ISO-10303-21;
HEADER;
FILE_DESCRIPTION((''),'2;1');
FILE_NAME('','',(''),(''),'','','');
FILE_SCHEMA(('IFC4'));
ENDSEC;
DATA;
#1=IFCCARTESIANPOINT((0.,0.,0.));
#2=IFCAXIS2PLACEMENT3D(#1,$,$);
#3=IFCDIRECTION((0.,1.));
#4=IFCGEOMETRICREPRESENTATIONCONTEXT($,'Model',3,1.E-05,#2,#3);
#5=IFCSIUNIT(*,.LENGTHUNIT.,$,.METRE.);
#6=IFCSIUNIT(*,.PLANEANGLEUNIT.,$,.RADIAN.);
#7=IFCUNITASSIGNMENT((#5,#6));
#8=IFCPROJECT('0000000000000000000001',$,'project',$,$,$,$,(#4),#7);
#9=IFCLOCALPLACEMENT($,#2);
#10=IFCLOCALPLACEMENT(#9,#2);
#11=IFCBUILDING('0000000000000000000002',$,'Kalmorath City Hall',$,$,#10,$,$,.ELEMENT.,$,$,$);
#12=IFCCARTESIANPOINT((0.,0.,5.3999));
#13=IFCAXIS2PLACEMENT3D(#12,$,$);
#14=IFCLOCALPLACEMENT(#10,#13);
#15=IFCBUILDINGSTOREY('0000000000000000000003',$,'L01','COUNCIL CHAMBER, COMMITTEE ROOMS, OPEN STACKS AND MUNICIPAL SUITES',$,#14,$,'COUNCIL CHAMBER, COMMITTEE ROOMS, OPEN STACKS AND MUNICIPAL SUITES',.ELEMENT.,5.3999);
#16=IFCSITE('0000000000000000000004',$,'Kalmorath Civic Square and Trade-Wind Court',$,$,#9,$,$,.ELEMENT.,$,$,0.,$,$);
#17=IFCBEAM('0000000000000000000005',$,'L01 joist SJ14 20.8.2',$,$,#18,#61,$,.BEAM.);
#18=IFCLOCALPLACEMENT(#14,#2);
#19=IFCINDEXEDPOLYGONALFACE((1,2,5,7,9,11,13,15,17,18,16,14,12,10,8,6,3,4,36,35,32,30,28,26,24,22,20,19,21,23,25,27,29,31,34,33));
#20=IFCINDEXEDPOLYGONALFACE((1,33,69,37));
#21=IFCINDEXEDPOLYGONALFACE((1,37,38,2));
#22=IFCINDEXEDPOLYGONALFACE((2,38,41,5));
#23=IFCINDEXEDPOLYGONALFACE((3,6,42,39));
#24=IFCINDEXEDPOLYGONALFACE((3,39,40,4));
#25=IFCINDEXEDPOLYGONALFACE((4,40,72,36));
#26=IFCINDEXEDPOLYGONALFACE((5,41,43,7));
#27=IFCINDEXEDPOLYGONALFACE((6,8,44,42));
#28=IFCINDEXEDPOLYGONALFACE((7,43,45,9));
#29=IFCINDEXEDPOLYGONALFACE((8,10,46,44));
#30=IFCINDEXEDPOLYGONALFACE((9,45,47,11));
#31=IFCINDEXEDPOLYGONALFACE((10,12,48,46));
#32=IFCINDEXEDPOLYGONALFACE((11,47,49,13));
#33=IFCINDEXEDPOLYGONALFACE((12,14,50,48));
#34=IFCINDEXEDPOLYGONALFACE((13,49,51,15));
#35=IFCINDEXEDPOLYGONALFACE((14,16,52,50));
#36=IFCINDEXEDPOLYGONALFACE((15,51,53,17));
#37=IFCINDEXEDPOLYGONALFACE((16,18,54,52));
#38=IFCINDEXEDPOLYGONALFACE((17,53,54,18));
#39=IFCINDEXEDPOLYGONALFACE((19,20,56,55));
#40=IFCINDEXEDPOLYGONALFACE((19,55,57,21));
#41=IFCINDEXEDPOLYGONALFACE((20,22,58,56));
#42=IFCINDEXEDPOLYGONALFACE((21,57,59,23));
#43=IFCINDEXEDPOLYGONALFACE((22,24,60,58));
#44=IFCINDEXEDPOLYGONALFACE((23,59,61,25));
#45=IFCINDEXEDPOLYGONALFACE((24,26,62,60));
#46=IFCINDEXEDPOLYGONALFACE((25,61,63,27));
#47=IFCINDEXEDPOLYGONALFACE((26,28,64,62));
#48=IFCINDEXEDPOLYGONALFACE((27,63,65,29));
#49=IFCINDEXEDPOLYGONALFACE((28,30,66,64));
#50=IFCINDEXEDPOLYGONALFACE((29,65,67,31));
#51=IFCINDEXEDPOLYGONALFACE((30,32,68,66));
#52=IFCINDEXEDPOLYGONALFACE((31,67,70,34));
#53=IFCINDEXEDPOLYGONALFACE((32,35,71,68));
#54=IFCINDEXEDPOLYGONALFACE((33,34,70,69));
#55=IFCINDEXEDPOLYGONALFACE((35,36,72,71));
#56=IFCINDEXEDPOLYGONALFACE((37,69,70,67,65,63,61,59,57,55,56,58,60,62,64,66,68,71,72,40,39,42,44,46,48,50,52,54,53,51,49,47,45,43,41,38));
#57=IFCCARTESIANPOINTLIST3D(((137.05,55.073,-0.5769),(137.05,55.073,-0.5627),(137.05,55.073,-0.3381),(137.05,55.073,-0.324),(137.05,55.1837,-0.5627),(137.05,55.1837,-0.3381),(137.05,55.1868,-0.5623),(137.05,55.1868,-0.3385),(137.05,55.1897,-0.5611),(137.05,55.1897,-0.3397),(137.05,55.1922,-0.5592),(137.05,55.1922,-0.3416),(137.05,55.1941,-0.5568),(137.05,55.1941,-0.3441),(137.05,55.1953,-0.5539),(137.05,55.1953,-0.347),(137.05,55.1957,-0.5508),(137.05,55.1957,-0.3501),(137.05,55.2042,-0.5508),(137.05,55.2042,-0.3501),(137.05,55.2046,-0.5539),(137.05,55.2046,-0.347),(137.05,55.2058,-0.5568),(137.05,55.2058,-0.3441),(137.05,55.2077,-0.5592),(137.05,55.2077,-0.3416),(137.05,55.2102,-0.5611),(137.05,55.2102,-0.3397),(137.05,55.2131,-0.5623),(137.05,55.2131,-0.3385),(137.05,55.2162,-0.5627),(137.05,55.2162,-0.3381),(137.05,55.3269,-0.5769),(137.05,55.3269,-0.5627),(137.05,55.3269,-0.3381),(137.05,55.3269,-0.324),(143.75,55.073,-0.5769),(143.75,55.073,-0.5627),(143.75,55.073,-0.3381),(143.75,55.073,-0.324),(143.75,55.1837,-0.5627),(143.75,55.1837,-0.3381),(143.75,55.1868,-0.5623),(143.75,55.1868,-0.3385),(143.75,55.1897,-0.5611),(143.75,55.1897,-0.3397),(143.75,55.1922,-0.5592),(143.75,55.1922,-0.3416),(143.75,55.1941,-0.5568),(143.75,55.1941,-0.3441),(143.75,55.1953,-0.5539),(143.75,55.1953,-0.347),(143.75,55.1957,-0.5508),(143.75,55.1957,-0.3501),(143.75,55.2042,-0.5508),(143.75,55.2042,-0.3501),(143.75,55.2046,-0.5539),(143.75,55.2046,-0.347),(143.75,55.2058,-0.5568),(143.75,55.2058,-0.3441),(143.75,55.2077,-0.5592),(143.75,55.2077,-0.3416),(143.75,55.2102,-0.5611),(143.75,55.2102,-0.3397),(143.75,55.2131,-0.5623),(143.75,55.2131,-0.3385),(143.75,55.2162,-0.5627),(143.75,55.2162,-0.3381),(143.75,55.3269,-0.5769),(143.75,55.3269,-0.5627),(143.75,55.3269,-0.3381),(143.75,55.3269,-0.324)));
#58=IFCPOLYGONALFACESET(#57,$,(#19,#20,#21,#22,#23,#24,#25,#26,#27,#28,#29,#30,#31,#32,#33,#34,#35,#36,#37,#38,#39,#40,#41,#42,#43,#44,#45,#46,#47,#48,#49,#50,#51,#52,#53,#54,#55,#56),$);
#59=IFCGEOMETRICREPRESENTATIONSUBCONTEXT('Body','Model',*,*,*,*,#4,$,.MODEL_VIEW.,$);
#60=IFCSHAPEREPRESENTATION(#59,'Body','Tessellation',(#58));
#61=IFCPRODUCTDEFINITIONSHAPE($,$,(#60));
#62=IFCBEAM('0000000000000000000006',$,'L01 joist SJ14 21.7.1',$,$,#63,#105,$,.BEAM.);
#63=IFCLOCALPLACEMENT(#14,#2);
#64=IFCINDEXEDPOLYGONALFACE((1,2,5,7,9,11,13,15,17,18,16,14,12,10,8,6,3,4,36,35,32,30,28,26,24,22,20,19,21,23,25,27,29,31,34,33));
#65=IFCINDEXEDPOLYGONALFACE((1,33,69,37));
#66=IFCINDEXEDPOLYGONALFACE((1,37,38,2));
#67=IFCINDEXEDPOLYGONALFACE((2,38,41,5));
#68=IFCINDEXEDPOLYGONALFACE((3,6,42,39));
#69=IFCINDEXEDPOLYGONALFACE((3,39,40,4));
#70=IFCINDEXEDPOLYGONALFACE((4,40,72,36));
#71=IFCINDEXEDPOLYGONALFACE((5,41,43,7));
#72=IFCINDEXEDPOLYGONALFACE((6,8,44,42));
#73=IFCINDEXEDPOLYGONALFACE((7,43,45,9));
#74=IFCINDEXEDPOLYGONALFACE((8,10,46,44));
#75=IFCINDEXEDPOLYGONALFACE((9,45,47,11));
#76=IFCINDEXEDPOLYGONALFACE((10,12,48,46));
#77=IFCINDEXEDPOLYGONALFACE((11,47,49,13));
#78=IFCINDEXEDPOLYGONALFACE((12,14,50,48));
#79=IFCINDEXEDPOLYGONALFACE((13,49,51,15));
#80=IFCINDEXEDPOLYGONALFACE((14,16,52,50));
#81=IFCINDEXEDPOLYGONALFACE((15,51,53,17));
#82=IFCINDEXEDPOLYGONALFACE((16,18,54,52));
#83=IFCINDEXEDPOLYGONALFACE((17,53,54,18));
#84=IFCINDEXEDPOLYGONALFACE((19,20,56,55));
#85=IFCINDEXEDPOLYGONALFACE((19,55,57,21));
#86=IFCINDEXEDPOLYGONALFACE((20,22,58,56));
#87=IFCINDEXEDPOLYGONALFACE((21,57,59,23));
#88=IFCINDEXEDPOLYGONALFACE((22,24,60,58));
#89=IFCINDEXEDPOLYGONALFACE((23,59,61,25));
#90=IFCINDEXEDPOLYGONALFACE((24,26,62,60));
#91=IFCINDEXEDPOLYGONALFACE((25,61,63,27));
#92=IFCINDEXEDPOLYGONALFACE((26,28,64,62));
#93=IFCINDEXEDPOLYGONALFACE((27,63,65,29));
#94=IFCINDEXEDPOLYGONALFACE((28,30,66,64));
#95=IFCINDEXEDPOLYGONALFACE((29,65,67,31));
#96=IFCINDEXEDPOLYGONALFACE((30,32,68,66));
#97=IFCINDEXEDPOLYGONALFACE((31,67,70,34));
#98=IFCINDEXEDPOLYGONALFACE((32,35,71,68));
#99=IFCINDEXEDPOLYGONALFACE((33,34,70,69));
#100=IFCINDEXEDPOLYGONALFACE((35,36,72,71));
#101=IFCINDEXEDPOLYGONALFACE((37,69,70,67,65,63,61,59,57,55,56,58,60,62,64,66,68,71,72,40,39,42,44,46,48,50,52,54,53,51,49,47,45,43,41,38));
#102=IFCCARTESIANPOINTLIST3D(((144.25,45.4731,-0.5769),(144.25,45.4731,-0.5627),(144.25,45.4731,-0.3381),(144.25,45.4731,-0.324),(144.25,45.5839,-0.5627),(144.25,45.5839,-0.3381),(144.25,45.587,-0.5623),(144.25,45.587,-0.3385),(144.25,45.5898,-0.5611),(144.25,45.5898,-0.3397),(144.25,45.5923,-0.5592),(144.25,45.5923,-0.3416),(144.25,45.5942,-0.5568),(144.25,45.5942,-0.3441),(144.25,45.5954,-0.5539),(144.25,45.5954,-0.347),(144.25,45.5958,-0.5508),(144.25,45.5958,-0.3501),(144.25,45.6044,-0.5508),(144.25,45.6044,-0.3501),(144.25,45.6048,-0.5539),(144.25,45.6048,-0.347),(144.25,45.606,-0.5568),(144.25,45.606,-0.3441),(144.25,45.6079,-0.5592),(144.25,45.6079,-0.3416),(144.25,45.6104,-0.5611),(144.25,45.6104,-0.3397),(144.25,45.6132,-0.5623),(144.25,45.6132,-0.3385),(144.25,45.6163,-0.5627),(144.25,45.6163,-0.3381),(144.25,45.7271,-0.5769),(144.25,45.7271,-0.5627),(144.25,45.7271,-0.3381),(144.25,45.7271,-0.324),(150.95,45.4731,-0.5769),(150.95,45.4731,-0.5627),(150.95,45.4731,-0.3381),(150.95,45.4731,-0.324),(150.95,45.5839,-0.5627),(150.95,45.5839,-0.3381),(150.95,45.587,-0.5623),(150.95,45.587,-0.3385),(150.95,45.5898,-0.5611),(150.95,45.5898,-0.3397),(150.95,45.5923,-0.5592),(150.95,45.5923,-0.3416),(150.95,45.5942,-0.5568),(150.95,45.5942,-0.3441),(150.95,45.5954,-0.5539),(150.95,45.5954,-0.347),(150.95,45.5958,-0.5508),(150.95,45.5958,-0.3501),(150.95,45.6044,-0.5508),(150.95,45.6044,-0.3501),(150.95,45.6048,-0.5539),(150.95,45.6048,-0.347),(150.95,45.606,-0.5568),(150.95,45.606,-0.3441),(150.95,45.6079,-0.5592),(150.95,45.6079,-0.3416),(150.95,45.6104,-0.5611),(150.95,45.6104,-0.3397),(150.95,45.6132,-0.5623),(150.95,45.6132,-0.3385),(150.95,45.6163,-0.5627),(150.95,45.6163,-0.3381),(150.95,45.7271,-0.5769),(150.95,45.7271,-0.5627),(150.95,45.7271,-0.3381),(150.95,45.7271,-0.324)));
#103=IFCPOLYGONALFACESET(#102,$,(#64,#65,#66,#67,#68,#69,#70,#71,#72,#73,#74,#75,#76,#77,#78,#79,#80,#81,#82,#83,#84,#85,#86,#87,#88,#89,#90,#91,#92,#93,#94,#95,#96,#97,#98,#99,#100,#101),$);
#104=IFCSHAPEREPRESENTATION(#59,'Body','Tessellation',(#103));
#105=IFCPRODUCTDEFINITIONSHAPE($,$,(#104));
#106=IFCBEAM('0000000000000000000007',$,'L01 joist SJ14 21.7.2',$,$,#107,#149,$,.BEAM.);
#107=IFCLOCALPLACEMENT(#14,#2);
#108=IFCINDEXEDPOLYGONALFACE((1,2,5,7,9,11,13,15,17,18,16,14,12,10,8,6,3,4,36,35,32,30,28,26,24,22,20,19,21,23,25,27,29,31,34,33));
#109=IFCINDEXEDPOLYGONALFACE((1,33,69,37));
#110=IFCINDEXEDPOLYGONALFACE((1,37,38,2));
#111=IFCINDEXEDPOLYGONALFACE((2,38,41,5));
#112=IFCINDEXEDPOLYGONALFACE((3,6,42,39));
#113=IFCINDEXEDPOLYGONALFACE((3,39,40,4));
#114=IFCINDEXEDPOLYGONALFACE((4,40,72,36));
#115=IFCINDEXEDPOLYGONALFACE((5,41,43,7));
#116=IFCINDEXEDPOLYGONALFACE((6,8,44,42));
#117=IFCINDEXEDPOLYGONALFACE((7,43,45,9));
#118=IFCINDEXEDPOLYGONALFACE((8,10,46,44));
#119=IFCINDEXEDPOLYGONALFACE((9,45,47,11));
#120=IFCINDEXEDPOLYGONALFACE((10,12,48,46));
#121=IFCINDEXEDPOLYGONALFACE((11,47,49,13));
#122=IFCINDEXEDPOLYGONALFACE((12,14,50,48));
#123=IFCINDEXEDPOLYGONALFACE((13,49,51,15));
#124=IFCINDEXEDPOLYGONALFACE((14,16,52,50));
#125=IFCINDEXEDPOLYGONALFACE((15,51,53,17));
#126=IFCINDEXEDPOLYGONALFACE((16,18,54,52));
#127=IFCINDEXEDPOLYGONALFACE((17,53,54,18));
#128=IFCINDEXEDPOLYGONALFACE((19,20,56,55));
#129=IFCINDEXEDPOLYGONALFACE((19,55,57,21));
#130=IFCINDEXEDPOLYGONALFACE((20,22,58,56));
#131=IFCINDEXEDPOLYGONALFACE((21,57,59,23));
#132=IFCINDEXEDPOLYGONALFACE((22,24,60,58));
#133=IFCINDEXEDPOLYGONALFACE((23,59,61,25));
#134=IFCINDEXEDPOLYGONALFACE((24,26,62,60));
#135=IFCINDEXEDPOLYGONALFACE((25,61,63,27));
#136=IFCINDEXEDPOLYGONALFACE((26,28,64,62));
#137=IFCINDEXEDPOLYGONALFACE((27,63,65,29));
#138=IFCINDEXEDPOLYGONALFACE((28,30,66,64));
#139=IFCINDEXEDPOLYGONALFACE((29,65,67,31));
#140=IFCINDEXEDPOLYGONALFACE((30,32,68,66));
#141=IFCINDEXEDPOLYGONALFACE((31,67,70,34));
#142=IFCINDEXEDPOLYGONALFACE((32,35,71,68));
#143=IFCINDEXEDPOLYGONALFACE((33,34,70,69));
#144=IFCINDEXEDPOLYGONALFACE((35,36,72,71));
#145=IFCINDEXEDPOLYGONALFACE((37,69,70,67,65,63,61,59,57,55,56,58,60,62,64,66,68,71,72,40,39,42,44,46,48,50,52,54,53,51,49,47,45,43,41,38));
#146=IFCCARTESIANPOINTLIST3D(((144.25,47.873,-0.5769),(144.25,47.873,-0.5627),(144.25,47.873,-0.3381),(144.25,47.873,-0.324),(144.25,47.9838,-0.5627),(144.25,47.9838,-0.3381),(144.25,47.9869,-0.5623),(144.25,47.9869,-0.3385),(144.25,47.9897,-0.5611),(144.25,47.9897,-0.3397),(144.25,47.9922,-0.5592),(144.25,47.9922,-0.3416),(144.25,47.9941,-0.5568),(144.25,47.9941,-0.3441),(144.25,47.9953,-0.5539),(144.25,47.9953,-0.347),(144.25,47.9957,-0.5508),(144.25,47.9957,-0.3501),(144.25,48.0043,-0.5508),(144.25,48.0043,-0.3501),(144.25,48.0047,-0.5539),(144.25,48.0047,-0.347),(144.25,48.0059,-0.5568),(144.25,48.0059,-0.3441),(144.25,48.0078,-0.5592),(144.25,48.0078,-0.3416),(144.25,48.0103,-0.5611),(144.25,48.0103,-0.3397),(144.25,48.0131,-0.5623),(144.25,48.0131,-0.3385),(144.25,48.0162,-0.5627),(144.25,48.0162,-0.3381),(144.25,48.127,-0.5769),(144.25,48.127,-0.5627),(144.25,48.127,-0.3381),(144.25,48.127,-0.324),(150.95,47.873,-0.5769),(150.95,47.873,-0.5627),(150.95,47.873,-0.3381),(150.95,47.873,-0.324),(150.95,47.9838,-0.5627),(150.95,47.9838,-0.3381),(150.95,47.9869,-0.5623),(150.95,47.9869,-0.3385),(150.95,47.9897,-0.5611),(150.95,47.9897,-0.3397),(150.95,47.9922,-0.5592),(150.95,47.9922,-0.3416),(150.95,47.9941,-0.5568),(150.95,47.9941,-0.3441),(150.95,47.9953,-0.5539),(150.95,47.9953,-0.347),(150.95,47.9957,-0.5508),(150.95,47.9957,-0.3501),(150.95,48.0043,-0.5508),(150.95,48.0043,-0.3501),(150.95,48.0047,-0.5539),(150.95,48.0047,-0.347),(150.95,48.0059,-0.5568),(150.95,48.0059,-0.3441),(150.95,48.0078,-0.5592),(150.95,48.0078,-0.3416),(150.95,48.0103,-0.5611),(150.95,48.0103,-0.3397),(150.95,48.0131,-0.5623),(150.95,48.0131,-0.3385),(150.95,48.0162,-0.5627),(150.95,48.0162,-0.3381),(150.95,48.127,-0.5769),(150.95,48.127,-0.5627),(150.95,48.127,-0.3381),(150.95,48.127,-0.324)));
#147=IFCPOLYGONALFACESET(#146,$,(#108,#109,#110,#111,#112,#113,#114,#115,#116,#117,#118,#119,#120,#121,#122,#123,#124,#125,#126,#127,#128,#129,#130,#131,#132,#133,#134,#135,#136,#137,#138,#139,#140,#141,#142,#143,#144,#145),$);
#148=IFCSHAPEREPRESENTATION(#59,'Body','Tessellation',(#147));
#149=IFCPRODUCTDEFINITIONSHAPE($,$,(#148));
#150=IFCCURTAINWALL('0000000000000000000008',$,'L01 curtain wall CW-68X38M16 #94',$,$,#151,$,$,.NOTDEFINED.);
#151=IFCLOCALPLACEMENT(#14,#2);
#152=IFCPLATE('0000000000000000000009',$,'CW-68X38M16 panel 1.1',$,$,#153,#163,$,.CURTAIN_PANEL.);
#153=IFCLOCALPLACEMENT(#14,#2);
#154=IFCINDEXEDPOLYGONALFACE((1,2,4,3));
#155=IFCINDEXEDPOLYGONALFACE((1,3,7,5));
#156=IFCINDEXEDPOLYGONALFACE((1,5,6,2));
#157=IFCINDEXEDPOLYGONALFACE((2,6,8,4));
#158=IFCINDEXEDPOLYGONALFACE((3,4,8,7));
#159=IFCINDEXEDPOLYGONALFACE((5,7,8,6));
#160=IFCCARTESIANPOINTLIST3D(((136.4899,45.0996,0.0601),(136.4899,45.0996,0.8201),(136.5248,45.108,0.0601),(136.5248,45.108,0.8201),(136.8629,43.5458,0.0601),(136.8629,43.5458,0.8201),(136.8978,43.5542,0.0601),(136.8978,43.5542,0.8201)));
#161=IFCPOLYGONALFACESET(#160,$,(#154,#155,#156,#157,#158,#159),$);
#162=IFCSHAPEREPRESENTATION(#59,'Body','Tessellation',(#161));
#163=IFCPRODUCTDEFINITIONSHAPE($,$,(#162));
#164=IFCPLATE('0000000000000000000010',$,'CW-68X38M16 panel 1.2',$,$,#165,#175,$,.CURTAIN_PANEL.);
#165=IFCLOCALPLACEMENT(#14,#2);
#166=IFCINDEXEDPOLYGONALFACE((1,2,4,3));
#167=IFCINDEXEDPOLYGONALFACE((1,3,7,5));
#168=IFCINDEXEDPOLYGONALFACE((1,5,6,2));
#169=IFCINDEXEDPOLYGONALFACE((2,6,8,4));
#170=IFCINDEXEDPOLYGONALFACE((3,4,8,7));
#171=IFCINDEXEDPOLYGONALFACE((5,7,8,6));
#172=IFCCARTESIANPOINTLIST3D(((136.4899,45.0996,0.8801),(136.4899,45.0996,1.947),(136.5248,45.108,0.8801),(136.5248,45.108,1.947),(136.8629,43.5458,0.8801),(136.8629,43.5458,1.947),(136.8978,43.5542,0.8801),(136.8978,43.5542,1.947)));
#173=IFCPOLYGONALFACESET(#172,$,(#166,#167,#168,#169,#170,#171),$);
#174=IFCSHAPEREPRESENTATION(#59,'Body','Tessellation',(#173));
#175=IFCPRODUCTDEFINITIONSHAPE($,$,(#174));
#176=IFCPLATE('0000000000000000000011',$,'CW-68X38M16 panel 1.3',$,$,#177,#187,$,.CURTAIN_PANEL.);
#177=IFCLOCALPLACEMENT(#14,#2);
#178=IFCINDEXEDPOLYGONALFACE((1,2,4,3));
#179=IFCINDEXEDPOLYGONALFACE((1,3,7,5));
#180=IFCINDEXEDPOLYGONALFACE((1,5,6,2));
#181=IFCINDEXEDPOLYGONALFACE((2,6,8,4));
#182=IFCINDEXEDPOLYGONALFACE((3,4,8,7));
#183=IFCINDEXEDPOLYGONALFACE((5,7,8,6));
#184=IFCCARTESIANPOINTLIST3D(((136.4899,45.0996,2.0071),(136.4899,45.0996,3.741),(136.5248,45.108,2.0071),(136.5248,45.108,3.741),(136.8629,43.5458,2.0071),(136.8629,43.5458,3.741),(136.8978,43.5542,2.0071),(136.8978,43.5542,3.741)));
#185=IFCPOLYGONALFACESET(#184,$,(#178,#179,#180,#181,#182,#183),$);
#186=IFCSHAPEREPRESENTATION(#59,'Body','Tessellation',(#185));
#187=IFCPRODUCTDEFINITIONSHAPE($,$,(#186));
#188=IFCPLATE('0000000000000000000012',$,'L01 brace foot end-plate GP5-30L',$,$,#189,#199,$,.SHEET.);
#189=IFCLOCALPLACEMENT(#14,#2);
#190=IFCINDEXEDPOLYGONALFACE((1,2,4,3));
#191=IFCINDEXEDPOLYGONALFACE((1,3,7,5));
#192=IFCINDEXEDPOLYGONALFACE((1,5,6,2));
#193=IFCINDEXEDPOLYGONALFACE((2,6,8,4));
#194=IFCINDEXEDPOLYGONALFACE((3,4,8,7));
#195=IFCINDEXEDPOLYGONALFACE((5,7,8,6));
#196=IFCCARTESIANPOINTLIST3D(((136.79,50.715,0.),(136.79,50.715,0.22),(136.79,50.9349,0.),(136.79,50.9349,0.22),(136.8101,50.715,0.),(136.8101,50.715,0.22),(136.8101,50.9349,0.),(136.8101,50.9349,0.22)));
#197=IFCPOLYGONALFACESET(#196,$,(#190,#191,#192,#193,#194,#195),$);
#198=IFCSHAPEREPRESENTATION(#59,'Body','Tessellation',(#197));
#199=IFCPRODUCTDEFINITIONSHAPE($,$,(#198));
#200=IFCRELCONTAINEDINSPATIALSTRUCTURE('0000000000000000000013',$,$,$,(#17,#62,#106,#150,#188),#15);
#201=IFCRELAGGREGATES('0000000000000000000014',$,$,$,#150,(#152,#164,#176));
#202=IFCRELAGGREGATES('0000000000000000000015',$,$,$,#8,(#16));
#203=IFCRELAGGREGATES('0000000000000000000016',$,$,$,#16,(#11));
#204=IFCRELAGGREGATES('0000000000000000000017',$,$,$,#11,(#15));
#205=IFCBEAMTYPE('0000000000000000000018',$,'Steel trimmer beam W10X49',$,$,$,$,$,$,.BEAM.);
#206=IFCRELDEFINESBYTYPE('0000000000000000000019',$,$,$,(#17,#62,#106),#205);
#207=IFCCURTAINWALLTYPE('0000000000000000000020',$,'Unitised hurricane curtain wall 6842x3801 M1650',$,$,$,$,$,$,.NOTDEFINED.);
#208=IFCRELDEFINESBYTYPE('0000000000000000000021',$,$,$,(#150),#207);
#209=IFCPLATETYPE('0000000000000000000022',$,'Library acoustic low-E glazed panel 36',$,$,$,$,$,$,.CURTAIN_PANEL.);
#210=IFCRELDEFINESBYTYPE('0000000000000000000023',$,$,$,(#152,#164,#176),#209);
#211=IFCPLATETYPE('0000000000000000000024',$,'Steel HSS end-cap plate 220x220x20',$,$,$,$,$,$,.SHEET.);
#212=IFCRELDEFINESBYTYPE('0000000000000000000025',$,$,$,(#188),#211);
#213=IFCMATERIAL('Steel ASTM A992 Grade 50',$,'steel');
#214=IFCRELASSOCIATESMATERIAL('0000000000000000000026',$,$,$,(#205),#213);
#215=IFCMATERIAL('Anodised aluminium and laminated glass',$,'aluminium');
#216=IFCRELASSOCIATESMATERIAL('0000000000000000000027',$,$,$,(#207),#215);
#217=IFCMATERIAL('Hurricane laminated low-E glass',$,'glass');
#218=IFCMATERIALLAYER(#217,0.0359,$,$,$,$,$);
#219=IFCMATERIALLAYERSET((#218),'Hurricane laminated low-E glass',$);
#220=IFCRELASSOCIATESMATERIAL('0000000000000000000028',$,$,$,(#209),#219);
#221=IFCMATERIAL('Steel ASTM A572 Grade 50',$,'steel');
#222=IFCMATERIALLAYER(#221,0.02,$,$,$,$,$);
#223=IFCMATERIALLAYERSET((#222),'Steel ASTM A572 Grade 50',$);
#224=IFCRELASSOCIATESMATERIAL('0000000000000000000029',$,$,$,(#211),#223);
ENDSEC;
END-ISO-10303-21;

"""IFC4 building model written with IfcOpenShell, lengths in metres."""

from ifc_helpers import new_model, si_unit, direction, frame, origin, origin_2d, place, context, subcontext, project, spatial, rectangle, i_section, extrude, material, layer, layer_set, material_profile, profile_set, type_object, element, aggregate, save


model = new_model("IFC4")

# Units and contexts
model_context = context("Model", 3, precision=1e-05, world=origin(), true_north=direction((0.0, 1.0)))
body_context = subcontext(model_context, "Body", "Model", "MODEL_VIEW")
ifc_project = project(units=[si_unit("LENGTHUNIT", "METRE"), si_unit("PLANEANGLEUNIT", "RADIAN")], contexts=[model_context])

# Site, building, storey
site_placement = place(None, origin())
site = spatial("IfcSite", under=ifc_project, at=site_placement, Name="Kalmorath Civic Square and Trade-Wind Court", CompositionType="ELEMENT", RefElevation=0.0)
building_placement = place(site_placement, origin())
building = spatial("IfcBuilding", under=site, at=building_placement, Name="Kalmorath City Hall", CompositionType="ELEMENT")
storey_placement = place(building_placement, frame((0.0, 0.0, 5.3999)))
storey = spatial("IfcBuildingStorey", under=building, at=storey_placement, Name="L01", Description="COUNCIL CHAMBER, COMMITTEE ROOMS, OPEN STACKS AND MUNICIPAL SUITES", LongName="COUNCIL CHAMBER, COMMITTEE ROOMS, OPEN STACKS AND MUNICIPAL SUITES", CompositionType="ELEMENT", Elevation=5.3999)

# Beams
ifc_material_1 = material(Name="Steel ASTM A992 Grade 50", Category="steel")
ifc_material_profile_1 = material_profile(ifc_material_1, i_section(OverallWidth=0.2539, OverallDepth=0.2529, WebThickness=0.0085, FlangeThickness=0.0142, FilletRadius=0.012, at=origin_2d()), Name="W10X49")
ifc_profile_set_1 = profile_set([ifc_material_profile_1], Name="Steel ASTM A992 Grade 50")
beam_type_1 = type_object("IfcBeamType", Name="Steel trimmer beam W10X49", PredefinedType="BEAM", material=ifc_profile_set_1)
for number, where, z_axis, x_axis, name in (
    (1, (137.05, 55.2, -0.4504), (1.0, 0.0, 0.0), (0.0, 1.0, 0.0), "L01 joist SJ14 20.8.2"),
    (2, (144.25, 45.6001, -0.4504), (1.0, 0.0, 0.0), (0.0, 1.0, 0.0), "L01 joist SJ14 21.7.1"),
    (3, (144.25, 48.0, -0.4504), (1.0, 0.0, 0.0), (0.0, 1.0, 0.0), "L01 joist SJ14 21.7.2"),
):
    element("IfcBeam", number, at=place(storey_placement, frame(where, z_axis=z_axis, x_axis=x_axis)), inside=storey, type_object=beam_type_1, Name=name, PredefinedType="BEAM", context=body_context, shape_type="SweptSolid", body=[
        extrude(i_section(OverallWidth=0.2539, OverallDepth=0.2529, WebThickness=0.0085, FlangeThickness=0.0142, FilletRadius=0.012, at=origin_2d()), origin(), (0.0, 0.0, 1.0), 6.7),
    ])

# Curtain wall, plates
ifc_material_2 = material(Name="Anodised aluminium and laminated glass", Category="aluminium")
curtain_wall_type = type_object("IfcCurtainWallType", Name="Unitised hurricane curtain wall 6842x3801 M1650", PredefinedType="NOTDEFINED", material=ifc_material_2)
curtain_wall_placement = place(storey_placement, origin())
curtain_wall = element("IfcCurtainWall", 4, at=curtain_wall_placement, inside=storey, type_object=curtain_wall_type, Name="L01 curtain wall CW-68X38M16 #94", PredefinedType="NOTDEFINED")
ifc_material_3 = material(Name="Hurricane laminated low-E glass", Category="glass")
ifc_layer_1 = layer(ifc_material_3, 0.0359)
ifc_layer_set_1 = layer_set([ifc_layer_1], Name="Hurricane laminated low-E glass")
plate_type_1 = type_object("IfcPlateType", Name="Library acoustic low-E glazed panel 36", PredefinedType="CURTAIN_PANEL", material=ifc_layer_set_1)
plate_1_placement = place(storey_placement, frame((136.6938, 44.3269, 0.0601), z_axis=(0.0, 0.0, 1.0), x_axis=(-0.233453, 0.972368, 0.0)))
plate_1 = element("IfcPlate", 5, at=plate_1_placement, type_object=plate_type_1, Name="CW-68X38M16 panel 1.1", PredefinedType="CURTAIN_PANEL", context=body_context, shape_type="SweptSolid", body=[
    extrude(rectangle(XDim=1.5979, YDim=0.0359, at=origin_2d()), origin(), (0.0, 0.0, 1.0), 0.76),
])
plate_2_placement = place(storey_placement, frame((136.6938, 44.3269, 0.8801), z_axis=(0.0, 0.0, 1.0), x_axis=(-0.233453, 0.972368, 0.0)))
plate_2 = element("IfcPlate", 6, at=plate_2_placement, type_object=plate_type_1, Name="CW-68X38M16 panel 1.2", PredefinedType="CURTAIN_PANEL", context=body_context, shape_type="SweptSolid", body=[
    extrude(rectangle(XDim=1.5979, YDim=0.0359, at=origin_2d()), origin(), (0.0, 0.0, 1.0), 1.0669),
])
plate_3_placement = place(storey_placement, frame((136.6938, 44.3269, 2.0071), z_axis=(0.0, 0.0, 1.0), x_axis=(-0.233453, 0.972368, 0.0)))
plate_3 = element("IfcPlate", 7, at=plate_3_placement, type_object=plate_type_1, Name="CW-68X38M16 panel 1.3", PredefinedType="CURTAIN_PANEL", context=body_context, shape_type="SweptSolid", body=[
    extrude(rectangle(XDim=1.5979, YDim=0.0359, at=origin_2d()), origin(), (0.0, 0.0, 1.0), 1.7339),
])
aggregate(curtain_wall, [plate_1, plate_2, plate_3])

# Plate
ifc_material_4 = material(Name="Steel ASTM A572 Grade 50", Category="steel")
ifc_layer_2 = layer(ifc_material_4, 0.02)
ifc_layer_set_2 = layer_set([ifc_layer_2], Name="Steel ASTM A572 Grade 50")
plate_type_2 = type_object("IfcPlateType", Name="Steel HSS end-cap plate 220x220x20", PredefinedType="SHEET", material=ifc_layer_set_2)
plate_4_placement = place(storey_placement, frame((136.8, 50.825, 0.0), z_axis=(0.0, 0.0, 1.0), x_axis=(0.0, 1.0, 0.0)))
element("IfcPlate", 8, at=plate_4_placement, inside=storey, type_object=plate_type_2, Name="L01 brace foot end-plate GP5-30L", PredefinedType="SHEET", context=body_context, shape_type="SweptSolid", body=[
    extrude(rectangle(XDim=0.22, YDim=0.02, at=origin_2d()), origin(), (0.0, 0.0, 1.0), 0.22),
])

save(model, "model.ifc")
